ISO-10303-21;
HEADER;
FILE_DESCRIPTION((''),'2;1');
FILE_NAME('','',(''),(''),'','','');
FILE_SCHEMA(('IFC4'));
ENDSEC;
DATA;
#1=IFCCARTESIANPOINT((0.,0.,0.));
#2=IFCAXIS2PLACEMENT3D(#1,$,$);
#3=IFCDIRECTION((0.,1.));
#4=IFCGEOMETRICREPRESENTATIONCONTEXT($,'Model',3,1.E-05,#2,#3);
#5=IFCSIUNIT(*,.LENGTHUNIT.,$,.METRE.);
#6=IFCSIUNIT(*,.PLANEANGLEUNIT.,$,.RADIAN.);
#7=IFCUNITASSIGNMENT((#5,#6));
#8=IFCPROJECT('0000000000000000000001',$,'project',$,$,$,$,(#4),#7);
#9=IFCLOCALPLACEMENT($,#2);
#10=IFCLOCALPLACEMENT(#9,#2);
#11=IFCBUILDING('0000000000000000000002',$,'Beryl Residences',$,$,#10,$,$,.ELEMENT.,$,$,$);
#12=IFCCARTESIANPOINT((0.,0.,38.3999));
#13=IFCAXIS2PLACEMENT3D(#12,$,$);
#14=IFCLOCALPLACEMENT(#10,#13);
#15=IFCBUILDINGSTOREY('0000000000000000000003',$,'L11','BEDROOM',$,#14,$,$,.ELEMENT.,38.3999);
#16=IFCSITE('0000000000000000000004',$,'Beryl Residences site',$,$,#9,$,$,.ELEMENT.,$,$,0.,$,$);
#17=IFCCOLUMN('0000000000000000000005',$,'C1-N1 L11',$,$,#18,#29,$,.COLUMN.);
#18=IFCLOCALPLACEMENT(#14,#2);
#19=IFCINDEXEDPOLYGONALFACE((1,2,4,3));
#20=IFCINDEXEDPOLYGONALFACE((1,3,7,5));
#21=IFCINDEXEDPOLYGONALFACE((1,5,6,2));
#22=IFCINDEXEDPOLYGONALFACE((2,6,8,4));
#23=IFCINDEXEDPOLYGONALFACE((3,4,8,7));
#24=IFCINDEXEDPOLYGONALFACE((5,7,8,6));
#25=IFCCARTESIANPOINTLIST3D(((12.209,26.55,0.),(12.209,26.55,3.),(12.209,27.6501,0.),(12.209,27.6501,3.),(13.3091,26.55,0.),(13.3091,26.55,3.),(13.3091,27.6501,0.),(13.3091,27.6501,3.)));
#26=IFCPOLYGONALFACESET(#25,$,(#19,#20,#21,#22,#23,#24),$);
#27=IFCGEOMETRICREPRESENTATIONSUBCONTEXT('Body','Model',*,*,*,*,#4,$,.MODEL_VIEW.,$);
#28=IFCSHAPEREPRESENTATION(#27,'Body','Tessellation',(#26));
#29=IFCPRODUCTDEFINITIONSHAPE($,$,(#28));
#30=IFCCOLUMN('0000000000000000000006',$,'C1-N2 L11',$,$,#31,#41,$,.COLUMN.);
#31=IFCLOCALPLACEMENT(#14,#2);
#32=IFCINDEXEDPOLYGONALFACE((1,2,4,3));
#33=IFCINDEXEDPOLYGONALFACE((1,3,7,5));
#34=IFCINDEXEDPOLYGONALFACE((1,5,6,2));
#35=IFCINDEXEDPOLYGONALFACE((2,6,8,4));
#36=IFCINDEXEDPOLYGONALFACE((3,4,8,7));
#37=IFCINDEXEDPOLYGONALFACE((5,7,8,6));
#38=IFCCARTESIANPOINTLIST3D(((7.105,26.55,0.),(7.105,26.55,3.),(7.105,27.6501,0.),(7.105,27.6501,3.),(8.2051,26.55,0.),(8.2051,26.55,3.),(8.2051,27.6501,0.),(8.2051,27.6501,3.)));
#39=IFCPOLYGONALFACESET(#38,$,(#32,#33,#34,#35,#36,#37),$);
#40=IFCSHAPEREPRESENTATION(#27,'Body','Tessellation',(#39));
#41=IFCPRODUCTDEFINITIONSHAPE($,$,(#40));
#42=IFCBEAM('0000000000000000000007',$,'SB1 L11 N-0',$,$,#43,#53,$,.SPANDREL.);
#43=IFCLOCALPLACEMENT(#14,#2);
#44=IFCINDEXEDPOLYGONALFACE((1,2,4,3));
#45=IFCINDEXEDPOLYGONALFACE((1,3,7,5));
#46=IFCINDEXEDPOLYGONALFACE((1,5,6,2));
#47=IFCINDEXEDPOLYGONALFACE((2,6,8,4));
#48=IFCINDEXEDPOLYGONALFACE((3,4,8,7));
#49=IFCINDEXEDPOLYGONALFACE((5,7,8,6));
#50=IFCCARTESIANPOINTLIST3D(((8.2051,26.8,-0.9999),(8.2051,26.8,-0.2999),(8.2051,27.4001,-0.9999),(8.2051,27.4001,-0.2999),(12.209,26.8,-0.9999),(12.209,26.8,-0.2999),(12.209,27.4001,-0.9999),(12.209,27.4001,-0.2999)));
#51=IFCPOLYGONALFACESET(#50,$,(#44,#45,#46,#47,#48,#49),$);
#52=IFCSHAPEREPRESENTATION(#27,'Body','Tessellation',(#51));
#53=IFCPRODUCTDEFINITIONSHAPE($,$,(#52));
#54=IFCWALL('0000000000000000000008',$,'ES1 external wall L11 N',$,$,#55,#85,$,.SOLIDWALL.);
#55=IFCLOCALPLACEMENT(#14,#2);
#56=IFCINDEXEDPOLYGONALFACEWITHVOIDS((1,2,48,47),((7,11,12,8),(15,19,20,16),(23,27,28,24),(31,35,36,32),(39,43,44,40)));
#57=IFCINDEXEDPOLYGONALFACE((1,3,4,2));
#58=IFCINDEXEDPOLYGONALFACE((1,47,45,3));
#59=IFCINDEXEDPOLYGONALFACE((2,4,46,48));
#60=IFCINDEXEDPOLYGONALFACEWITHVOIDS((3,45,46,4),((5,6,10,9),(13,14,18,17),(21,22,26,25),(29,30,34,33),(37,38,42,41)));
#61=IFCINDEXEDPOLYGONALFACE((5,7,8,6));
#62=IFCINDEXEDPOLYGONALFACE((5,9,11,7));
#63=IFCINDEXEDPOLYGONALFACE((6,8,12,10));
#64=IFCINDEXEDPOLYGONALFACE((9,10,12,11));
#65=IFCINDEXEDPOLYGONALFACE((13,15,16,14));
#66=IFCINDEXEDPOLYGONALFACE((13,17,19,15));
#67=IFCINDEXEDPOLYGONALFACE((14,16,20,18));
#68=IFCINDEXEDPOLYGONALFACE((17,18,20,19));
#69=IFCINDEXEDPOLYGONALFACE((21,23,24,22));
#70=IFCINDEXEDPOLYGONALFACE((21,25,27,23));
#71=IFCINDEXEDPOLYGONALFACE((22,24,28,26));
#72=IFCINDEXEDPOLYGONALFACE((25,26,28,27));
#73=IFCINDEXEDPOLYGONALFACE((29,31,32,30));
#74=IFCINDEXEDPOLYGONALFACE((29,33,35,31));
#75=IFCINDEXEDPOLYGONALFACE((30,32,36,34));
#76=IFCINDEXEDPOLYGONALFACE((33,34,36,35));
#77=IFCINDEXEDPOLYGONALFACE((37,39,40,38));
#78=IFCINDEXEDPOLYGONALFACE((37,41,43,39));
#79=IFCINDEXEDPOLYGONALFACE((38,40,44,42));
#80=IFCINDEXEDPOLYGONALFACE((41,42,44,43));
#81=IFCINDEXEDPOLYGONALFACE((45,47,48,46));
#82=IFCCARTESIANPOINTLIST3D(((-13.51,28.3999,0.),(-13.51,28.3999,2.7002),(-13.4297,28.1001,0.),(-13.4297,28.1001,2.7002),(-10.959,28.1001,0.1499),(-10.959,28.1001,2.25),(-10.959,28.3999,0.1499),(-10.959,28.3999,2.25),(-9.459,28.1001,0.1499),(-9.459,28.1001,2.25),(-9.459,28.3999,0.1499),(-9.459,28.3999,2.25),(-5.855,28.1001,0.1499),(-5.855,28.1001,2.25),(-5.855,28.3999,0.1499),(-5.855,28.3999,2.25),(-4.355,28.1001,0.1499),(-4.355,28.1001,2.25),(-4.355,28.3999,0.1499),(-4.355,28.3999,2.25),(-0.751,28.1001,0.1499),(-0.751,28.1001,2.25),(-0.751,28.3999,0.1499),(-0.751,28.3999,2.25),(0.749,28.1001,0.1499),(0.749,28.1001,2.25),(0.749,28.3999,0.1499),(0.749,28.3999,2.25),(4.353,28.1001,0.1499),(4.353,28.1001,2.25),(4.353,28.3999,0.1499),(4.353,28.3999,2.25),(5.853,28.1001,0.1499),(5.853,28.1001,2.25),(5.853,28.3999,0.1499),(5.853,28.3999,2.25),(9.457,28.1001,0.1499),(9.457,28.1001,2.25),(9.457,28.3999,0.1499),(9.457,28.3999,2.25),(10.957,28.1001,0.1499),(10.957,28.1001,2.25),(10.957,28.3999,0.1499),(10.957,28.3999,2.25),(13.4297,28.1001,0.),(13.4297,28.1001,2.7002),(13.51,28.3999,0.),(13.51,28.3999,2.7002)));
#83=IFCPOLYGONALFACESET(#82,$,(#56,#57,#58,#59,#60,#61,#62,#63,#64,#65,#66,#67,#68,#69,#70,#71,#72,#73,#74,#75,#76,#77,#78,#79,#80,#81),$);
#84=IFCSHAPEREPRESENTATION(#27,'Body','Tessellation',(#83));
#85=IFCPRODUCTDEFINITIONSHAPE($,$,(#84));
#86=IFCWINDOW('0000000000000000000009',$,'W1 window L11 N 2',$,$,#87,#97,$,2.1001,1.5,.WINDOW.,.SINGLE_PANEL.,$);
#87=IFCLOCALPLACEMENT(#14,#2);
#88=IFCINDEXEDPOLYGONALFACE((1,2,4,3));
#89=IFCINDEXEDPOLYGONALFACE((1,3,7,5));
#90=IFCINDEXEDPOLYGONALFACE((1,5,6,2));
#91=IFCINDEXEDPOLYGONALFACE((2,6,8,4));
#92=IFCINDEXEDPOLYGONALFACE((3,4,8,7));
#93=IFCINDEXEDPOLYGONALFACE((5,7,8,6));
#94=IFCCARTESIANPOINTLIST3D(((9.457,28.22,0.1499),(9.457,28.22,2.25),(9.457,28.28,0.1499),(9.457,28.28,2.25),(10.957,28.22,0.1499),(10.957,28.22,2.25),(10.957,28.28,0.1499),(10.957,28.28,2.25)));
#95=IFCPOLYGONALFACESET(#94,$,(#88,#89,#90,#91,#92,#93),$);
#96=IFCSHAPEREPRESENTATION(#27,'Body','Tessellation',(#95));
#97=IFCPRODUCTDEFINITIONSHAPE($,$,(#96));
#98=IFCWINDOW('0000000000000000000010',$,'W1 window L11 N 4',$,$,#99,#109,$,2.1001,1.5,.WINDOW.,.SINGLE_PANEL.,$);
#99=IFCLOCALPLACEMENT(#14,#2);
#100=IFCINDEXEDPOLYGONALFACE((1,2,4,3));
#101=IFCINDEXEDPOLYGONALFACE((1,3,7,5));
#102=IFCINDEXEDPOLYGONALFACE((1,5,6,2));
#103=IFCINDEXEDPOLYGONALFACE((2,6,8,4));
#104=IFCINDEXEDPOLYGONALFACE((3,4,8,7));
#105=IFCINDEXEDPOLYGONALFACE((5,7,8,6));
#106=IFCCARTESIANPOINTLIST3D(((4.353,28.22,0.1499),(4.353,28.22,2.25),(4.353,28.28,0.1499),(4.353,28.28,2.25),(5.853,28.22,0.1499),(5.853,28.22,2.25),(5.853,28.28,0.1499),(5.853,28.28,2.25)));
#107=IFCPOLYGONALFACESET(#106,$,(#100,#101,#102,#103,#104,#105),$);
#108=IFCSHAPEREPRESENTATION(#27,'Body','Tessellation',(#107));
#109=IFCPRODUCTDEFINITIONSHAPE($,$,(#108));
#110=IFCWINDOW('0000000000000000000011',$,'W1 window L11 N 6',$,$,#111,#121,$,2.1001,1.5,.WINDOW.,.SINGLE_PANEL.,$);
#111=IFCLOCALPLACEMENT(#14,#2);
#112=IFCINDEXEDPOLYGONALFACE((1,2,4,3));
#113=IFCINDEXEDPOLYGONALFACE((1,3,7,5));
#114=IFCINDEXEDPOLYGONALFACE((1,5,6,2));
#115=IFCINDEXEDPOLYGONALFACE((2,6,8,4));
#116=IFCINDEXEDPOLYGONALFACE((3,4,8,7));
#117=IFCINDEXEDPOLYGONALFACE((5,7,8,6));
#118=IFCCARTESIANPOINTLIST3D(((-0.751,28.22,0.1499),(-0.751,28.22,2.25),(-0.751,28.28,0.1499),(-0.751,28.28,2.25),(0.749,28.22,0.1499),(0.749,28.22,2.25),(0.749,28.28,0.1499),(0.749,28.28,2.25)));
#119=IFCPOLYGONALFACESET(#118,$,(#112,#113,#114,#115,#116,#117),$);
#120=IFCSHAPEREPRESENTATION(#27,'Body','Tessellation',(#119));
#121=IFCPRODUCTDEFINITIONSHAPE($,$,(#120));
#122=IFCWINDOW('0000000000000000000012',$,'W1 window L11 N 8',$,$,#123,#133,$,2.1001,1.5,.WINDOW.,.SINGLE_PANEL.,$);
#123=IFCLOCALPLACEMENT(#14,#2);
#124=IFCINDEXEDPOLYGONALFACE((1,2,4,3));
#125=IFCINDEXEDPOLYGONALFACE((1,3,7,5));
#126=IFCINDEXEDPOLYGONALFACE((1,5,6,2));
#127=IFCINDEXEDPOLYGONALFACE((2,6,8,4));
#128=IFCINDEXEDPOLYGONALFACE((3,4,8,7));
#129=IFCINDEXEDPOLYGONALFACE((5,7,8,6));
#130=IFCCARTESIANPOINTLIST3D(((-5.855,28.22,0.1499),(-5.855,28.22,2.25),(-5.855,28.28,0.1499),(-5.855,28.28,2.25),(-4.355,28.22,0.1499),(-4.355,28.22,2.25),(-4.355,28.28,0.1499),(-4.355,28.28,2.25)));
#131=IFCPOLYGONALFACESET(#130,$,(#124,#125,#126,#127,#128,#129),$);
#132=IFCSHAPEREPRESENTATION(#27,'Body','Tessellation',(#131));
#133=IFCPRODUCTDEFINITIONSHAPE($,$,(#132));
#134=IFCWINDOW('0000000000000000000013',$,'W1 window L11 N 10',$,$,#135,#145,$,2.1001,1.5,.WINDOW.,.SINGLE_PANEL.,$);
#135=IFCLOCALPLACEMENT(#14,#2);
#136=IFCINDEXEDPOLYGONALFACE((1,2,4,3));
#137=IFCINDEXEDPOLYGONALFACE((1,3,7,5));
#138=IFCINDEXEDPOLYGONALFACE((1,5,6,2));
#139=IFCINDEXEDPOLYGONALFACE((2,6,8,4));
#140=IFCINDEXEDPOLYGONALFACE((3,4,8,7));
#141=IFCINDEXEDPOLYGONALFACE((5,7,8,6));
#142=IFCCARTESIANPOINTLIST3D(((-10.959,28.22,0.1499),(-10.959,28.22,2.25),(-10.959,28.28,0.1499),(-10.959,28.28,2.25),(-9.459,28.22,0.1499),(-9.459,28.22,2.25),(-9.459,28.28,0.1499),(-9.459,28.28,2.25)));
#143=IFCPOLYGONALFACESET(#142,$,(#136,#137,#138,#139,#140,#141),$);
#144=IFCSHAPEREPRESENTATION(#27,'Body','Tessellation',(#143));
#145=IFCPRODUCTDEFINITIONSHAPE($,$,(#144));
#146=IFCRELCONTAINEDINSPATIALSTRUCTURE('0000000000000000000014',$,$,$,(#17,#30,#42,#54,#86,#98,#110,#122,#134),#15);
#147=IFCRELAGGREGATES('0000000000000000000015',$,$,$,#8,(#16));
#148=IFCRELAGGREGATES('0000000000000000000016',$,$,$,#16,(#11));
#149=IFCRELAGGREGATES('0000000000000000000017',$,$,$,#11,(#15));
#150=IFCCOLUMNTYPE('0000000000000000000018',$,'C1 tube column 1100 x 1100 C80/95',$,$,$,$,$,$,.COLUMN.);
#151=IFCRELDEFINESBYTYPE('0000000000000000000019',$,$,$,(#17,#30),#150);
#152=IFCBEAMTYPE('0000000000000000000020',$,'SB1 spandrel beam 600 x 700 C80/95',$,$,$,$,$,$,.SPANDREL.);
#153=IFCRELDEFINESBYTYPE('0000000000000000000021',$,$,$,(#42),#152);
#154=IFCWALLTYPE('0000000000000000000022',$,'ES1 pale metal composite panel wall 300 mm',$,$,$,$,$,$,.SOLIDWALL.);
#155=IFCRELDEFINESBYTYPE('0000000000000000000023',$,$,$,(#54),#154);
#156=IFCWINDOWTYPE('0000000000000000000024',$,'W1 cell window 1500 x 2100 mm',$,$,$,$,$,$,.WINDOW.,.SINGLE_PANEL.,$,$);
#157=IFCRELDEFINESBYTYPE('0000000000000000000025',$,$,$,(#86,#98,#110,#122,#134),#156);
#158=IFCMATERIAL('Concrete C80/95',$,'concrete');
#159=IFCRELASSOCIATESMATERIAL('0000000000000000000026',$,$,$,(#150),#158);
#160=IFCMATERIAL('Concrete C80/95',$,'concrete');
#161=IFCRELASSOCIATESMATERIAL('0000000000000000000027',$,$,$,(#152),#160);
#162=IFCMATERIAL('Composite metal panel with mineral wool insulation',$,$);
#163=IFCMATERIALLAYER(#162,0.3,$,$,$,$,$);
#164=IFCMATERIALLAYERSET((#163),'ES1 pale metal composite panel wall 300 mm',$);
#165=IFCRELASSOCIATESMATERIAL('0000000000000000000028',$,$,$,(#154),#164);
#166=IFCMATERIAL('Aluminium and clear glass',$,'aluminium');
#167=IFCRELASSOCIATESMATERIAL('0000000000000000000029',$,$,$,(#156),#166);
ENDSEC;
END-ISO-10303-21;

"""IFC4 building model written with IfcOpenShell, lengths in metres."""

from ifc_helpers import new_model, si_unit, direction, frame, frame_2d, origin, origin_2d, place, context, subcontext, project, spatial, polyline, rectangle, outline, extrude, material, layer, layer_set, material_profile, profile_set, type_object, element, fill, save


model = new_model("IFC4")

# Units and contexts
model_context = context("Model", 3, precision=1e-05, world=origin(), true_north=direction((0.0, 1.0)))
body_context = subcontext(model_context, "Body", "Model", "MODEL_VIEW")
ifc_project = project(units=[si_unit("LENGTHUNIT", "METRE"), si_unit("PLANEANGLEUNIT", "RADIAN")], contexts=[model_context])

# Site, building, storey
site_placement = place(None, origin())
site = spatial("IfcSite", under=ifc_project, at=site_placement, Name="Beryl Residences site", CompositionType="ELEMENT", RefElevation=0.0)
building_placement = place(site_placement, origin())
building = spatial("IfcBuilding", under=site, at=building_placement, Name="Beryl Residences", CompositionType="ELEMENT")
storey_placement = place(building_placement, frame((0.0, 0.0, 38.3999)))
storey = spatial("IfcBuildingStorey", under=building, at=storey_placement, Name="L11", Description="BEDROOM", CompositionType="ELEMENT", Elevation=38.3999)

# Columns
ifc_material_1 = material(Name="Concrete C80/95", Category="concrete")
ifc_material_profile_1 = material_profile(ifc_material_1, rectangle(XDim=1.1001, YDim=1.1001, at=origin_2d()))
ifc_profile_set_1 = profile_set([ifc_material_profile_1], Name="Concrete C80/95")
column_type = type_object("IfcColumnType", Name="C1 tube column 1100 x 1100 C80/95", PredefinedType="COLUMN", material=ifc_profile_set_1)
for number, where, z_axis, x_axis, name in (
    (1, (12.759, 27.1001, 0.0), (0.0, 0.0, 1.0), (-1.0, 0.0, 0.0), "C1-N1 L11"),
    (2, (7.655, 27.1001, 0.0), (0.0, 0.0, 1.0), (-1.0, 0.0, 0.0), "C1-N2 L11"),
):
    element("IfcColumn", number, at=place(storey_placement, frame(where, z_axis=z_axis, x_axis=x_axis)), inside=storey, type_object=column_type, Name=name, PredefinedType="COLUMN", context=body_context, shape_type="SweptSolid", body=[
        extrude(rectangle(XDim=1.1001, YDim=1.1001, at=origin_2d()), origin(), (0.0, 0.0, 1.0), 3.0),
    ])

# Beam
ifc_material_2 = material(Name="Concrete C80/95", Category="concrete")
ifc_material_profile_2 = material_profile(ifc_material_2, rectangle(XDim=0.6001, YDim=0.7, at=origin_2d()))
ifc_profile_set_2 = profile_set([ifc_material_profile_2], Name="Concrete C80/95")
beam_type = type_object("IfcBeamType", Name="SB1 spandrel beam 600 x 700 C80/95", PredefinedType="SPANDREL", material=ifc_profile_set_2)
beam_placement = place(storey_placement, frame((12.209, 27.1001, -0.6499), z_axis=(-1.0, 0.0, 0.0), x_axis=(0.0, -1.0, 0.0)))
element("IfcBeam", 3, at=beam_placement, inside=storey, type_object=beam_type, Name="SB1 L11 N-0", PredefinedType="SPANDREL", context=body_context, shape_type="SweptSolid", body=[
    extrude(rectangle(XDim=0.6001, YDim=0.7, at=origin_2d()), origin(), (0.0, 0.0, 1.0), 4.0039),
])

# Wall, openings, windows
ifc_material_3 = material(Name="Composite metal panel with mineral wool insulation")
ifc_layer_1 = layer(ifc_material_3, 0.3)
ifc_layer_set_1 = layer_set([ifc_layer_1], Name="ES1 pale metal composite panel wall 300 mm")
wall_type_1 = type_object("IfcWallType", Name="ES1 pale metal composite panel wall 300 mm", PredefinedType="SOLIDWALL", material=ifc_layer_set_1)
wall_1_placement = place(storey_placement, frame((13.51, 28.25, 0.0), z_axis=(0.0, 0.0, 1.0), x_axis=(-1.0, 0.0, 0.0)))
wall_1 = element("IfcWall", 4, at=wall_1_placement, inside=storey, type_object=wall_type_1, Name="ES1 external wall L11 N", PredefinedType="SOLIDWALL", context=body_context, shape_type="SweptSolid", body=[
    extrude(outline(polyline([(0.0, -0.1499), (27.02, -0.1499), (26.9397, 0.1499), (0.0803, 0.1499), (0.0, -0.1499)])), origin(), (0.0, 0.0, 1.0), 2.7002),
])
opening_1_placement = place(wall_1_placement, frame((2.553, 0.0, 0.1499)))
opening_1 = element("IfcOpeningElement", 5, at=opening_1_placement, cuts=wall_1, PredefinedType="OPENING", context=body_context, shape_type="SweptSolid", body=[
    extrude(rectangle(XDim=1.5, YDim=2.1001, at=frame_2d((0.75, 1.05))), frame((0.0, 0.1599, 0.0), z_axis=(0.0, -1.0, 0.0), x_axis=(1.0, 0.0, 0.0)), (0.0, 0.0, 1.0), 0.3201),
])
opening_2_placement = place(wall_1_placement, frame((7.657, 0.0, 0.1499)))
opening_2 = element("IfcOpeningElement", 6, at=opening_2_placement, cuts=wall_1, PredefinedType="OPENING", context=body_context, shape_type="SweptSolid", body=[
    extrude(rectangle(XDim=1.5, YDim=2.1001, at=frame_2d((0.75, 1.05))), frame((0.0, 0.1599, 0.0), z_axis=(0.0, -1.0, 0.0), x_axis=(1.0, 0.0, 0.0)), (0.0, 0.0, 1.0), 0.3201),
])
opening_3_placement = place(wall_1_placement, frame((12.761, 0.0, 0.1499)))
opening_3 = element("IfcOpeningElement", 7, at=opening_3_placement, cuts=wall_1, PredefinedType="OPENING", context=body_context, shape_type="SweptSolid", body=[
    extrude(rectangle(XDim=1.5, YDim=2.1001, at=frame_2d((0.75, 1.05))), frame((0.0, 0.1599, 0.0), z_axis=(0.0, -1.0, 0.0), x_axis=(1.0, 0.0, 0.0)), (0.0, 0.0, 1.0), 0.3201),
])
opening_4_placement = place(wall_1_placement, frame((17.865, 0.0, 0.1499)))
opening_4 = element("IfcOpeningElement", 8, at=opening_4_placement, cuts=wall_1, PredefinedType="OPENING", context=body_context, shape_type="SweptSolid", body=[
    extrude(rectangle(XDim=1.5, YDim=2.1001, at=frame_2d((0.75, 1.05))), frame((0.0, 0.1599, 0.0), z_axis=(0.0, -1.0, 0.0), x_axis=(1.0, 0.0, 0.0)), (0.0, 0.0, 1.0), 0.3201),
])
opening_5_placement = place(wall_1_placement, frame((22.969, 0.0, 0.1499)))
opening_5 = element("IfcOpeningElement", 9, at=opening_5_placement, cuts=wall_1, PredefinedType="OPENING", context=body_context, shape_type="SweptSolid", body=[
    extrude(rectangle(XDim=1.5, YDim=2.1001, at=frame_2d((0.75, 1.05))), frame((0.0, 0.1599, 0.0), z_axis=(0.0, -1.0, 0.0), x_axis=(1.0, 0.0, 0.0)), (0.0, 0.0, 1.0), 0.3201),
])
ifc_material_4 = material(Name="Aluminium and clear glass", Category="aluminium")
window_type = type_object("IfcWindowType", Name="W1 cell window 1500 x 2100 mm", PartitioningType="SINGLE_PANEL", PredefinedType="WINDOW", material=ifc_material_4)
window_1_placement = place(opening_1_placement, origin())
window_1 = element("IfcWindow", 10, at=window_1_placement, inside=storey, type_object=window_type, Name="W1 window L11 N 2", OverallHeight=2.1001, OverallWidth=1.5, PartitioningType="SINGLE_PANEL", PredefinedType="WINDOW", context=body_context, shape_type="SweptSolid", body=[
    extrude(rectangle(XDim=1.5, YDim=2.1001, at=frame_2d((0.75, 1.05))), frame((0.0, 0.03, 0.0), z_axis=(0.0, -1.0, 0.0), x_axis=(1.0, 0.0, 0.0)), (0.0, 0.0, 1.0), 0.0601),
])
fill(opening_1, window_1)
window_2_placement = place(opening_2_placement, origin())
window_2 = element("IfcWindow", 11, at=window_2_placement, inside=storey, type_object=window_type, Name="W1 window L11 N 4", OverallHeight=2.1001, OverallWidth=1.5, PartitioningType="SINGLE_PANEL", PredefinedType="WINDOW", context=body_context, shape_type="SweptSolid", body=[
    extrude(rectangle(XDim=1.5, YDim=2.1001, at=frame_2d((0.75, 1.05))), frame((0.0, 0.03, 0.0), z_axis=(0.0, -1.0, 0.0), x_axis=(1.0, 0.0, 0.0)), (0.0, 0.0, 1.0), 0.0601),
])
fill(opening_2, window_2)
window_3_placement = place(opening_3_placement, origin())
window_3 = element("IfcWindow", 12, at=window_3_placement, inside=storey, type_object=window_type, Name="W1 window L11 N 6", OverallHeight=2.1001, OverallWidth=1.5, PartitioningType="SINGLE_PANEL", PredefinedType="WINDOW", context=body_context, shape_type="SweptSolid", body=[
    extrude(rectangle(XDim=1.5, YDim=2.1001, at=frame_2d((0.75, 1.05))), frame((0.0, 0.03, 0.0), z_axis=(0.0, -1.0, 0.0), x_axis=(1.0, 0.0, 0.0)), (0.0, 0.0, 1.0), 0.0601),
])
fill(opening_3, window_3)
window_4_placement = place(opening_4_placement, origin())
window_4 = element("IfcWindow", 13, at=window_4_placement, inside=storey, type_object=window_type, Name="W1 window L11 N 8", OverallHeight=2.1001, OverallWidth=1.5, PartitioningType="SINGLE_PANEL", PredefinedType="WINDOW", context=body_context, shape_type="SweptSolid", body=[
    extrude(rectangle(XDim=1.5, YDim=2.1001, at=frame_2d((0.75, 1.05))), frame((0.0, 0.03, 0.0), z_axis=(0.0, -1.0, 0.0), x_axis=(1.0, 0.0, 0.0)), (0.0, 0.0, 1.0), 0.0601),
])
fill(opening_4, window_4)
window_5_placement = place(opening_5_placement, origin())
window_5 = element("IfcWindow", 14, at=window_5_placement, inside=storey, type_object=window_type, Name="W1 window L11 N 10", OverallHeight=2.1001, OverallWidth=1.5, PartitioningType="SINGLE_PANEL", PredefinedType="WINDOW", context=body_context, shape_type="SweptSolid", body=[
    extrude(rectangle(XDim=1.5, YDim=2.1001, at=frame_2d((0.75, 1.05))), frame((0.0, 0.03, 0.0), z_axis=(0.0, -1.0, 0.0), x_axis=(1.0, 0.0, 0.0)), (0.0, 0.0, 1.0), 0.0601),
])
fill(opening_5, window_5)

save(model, "model.ifc")
